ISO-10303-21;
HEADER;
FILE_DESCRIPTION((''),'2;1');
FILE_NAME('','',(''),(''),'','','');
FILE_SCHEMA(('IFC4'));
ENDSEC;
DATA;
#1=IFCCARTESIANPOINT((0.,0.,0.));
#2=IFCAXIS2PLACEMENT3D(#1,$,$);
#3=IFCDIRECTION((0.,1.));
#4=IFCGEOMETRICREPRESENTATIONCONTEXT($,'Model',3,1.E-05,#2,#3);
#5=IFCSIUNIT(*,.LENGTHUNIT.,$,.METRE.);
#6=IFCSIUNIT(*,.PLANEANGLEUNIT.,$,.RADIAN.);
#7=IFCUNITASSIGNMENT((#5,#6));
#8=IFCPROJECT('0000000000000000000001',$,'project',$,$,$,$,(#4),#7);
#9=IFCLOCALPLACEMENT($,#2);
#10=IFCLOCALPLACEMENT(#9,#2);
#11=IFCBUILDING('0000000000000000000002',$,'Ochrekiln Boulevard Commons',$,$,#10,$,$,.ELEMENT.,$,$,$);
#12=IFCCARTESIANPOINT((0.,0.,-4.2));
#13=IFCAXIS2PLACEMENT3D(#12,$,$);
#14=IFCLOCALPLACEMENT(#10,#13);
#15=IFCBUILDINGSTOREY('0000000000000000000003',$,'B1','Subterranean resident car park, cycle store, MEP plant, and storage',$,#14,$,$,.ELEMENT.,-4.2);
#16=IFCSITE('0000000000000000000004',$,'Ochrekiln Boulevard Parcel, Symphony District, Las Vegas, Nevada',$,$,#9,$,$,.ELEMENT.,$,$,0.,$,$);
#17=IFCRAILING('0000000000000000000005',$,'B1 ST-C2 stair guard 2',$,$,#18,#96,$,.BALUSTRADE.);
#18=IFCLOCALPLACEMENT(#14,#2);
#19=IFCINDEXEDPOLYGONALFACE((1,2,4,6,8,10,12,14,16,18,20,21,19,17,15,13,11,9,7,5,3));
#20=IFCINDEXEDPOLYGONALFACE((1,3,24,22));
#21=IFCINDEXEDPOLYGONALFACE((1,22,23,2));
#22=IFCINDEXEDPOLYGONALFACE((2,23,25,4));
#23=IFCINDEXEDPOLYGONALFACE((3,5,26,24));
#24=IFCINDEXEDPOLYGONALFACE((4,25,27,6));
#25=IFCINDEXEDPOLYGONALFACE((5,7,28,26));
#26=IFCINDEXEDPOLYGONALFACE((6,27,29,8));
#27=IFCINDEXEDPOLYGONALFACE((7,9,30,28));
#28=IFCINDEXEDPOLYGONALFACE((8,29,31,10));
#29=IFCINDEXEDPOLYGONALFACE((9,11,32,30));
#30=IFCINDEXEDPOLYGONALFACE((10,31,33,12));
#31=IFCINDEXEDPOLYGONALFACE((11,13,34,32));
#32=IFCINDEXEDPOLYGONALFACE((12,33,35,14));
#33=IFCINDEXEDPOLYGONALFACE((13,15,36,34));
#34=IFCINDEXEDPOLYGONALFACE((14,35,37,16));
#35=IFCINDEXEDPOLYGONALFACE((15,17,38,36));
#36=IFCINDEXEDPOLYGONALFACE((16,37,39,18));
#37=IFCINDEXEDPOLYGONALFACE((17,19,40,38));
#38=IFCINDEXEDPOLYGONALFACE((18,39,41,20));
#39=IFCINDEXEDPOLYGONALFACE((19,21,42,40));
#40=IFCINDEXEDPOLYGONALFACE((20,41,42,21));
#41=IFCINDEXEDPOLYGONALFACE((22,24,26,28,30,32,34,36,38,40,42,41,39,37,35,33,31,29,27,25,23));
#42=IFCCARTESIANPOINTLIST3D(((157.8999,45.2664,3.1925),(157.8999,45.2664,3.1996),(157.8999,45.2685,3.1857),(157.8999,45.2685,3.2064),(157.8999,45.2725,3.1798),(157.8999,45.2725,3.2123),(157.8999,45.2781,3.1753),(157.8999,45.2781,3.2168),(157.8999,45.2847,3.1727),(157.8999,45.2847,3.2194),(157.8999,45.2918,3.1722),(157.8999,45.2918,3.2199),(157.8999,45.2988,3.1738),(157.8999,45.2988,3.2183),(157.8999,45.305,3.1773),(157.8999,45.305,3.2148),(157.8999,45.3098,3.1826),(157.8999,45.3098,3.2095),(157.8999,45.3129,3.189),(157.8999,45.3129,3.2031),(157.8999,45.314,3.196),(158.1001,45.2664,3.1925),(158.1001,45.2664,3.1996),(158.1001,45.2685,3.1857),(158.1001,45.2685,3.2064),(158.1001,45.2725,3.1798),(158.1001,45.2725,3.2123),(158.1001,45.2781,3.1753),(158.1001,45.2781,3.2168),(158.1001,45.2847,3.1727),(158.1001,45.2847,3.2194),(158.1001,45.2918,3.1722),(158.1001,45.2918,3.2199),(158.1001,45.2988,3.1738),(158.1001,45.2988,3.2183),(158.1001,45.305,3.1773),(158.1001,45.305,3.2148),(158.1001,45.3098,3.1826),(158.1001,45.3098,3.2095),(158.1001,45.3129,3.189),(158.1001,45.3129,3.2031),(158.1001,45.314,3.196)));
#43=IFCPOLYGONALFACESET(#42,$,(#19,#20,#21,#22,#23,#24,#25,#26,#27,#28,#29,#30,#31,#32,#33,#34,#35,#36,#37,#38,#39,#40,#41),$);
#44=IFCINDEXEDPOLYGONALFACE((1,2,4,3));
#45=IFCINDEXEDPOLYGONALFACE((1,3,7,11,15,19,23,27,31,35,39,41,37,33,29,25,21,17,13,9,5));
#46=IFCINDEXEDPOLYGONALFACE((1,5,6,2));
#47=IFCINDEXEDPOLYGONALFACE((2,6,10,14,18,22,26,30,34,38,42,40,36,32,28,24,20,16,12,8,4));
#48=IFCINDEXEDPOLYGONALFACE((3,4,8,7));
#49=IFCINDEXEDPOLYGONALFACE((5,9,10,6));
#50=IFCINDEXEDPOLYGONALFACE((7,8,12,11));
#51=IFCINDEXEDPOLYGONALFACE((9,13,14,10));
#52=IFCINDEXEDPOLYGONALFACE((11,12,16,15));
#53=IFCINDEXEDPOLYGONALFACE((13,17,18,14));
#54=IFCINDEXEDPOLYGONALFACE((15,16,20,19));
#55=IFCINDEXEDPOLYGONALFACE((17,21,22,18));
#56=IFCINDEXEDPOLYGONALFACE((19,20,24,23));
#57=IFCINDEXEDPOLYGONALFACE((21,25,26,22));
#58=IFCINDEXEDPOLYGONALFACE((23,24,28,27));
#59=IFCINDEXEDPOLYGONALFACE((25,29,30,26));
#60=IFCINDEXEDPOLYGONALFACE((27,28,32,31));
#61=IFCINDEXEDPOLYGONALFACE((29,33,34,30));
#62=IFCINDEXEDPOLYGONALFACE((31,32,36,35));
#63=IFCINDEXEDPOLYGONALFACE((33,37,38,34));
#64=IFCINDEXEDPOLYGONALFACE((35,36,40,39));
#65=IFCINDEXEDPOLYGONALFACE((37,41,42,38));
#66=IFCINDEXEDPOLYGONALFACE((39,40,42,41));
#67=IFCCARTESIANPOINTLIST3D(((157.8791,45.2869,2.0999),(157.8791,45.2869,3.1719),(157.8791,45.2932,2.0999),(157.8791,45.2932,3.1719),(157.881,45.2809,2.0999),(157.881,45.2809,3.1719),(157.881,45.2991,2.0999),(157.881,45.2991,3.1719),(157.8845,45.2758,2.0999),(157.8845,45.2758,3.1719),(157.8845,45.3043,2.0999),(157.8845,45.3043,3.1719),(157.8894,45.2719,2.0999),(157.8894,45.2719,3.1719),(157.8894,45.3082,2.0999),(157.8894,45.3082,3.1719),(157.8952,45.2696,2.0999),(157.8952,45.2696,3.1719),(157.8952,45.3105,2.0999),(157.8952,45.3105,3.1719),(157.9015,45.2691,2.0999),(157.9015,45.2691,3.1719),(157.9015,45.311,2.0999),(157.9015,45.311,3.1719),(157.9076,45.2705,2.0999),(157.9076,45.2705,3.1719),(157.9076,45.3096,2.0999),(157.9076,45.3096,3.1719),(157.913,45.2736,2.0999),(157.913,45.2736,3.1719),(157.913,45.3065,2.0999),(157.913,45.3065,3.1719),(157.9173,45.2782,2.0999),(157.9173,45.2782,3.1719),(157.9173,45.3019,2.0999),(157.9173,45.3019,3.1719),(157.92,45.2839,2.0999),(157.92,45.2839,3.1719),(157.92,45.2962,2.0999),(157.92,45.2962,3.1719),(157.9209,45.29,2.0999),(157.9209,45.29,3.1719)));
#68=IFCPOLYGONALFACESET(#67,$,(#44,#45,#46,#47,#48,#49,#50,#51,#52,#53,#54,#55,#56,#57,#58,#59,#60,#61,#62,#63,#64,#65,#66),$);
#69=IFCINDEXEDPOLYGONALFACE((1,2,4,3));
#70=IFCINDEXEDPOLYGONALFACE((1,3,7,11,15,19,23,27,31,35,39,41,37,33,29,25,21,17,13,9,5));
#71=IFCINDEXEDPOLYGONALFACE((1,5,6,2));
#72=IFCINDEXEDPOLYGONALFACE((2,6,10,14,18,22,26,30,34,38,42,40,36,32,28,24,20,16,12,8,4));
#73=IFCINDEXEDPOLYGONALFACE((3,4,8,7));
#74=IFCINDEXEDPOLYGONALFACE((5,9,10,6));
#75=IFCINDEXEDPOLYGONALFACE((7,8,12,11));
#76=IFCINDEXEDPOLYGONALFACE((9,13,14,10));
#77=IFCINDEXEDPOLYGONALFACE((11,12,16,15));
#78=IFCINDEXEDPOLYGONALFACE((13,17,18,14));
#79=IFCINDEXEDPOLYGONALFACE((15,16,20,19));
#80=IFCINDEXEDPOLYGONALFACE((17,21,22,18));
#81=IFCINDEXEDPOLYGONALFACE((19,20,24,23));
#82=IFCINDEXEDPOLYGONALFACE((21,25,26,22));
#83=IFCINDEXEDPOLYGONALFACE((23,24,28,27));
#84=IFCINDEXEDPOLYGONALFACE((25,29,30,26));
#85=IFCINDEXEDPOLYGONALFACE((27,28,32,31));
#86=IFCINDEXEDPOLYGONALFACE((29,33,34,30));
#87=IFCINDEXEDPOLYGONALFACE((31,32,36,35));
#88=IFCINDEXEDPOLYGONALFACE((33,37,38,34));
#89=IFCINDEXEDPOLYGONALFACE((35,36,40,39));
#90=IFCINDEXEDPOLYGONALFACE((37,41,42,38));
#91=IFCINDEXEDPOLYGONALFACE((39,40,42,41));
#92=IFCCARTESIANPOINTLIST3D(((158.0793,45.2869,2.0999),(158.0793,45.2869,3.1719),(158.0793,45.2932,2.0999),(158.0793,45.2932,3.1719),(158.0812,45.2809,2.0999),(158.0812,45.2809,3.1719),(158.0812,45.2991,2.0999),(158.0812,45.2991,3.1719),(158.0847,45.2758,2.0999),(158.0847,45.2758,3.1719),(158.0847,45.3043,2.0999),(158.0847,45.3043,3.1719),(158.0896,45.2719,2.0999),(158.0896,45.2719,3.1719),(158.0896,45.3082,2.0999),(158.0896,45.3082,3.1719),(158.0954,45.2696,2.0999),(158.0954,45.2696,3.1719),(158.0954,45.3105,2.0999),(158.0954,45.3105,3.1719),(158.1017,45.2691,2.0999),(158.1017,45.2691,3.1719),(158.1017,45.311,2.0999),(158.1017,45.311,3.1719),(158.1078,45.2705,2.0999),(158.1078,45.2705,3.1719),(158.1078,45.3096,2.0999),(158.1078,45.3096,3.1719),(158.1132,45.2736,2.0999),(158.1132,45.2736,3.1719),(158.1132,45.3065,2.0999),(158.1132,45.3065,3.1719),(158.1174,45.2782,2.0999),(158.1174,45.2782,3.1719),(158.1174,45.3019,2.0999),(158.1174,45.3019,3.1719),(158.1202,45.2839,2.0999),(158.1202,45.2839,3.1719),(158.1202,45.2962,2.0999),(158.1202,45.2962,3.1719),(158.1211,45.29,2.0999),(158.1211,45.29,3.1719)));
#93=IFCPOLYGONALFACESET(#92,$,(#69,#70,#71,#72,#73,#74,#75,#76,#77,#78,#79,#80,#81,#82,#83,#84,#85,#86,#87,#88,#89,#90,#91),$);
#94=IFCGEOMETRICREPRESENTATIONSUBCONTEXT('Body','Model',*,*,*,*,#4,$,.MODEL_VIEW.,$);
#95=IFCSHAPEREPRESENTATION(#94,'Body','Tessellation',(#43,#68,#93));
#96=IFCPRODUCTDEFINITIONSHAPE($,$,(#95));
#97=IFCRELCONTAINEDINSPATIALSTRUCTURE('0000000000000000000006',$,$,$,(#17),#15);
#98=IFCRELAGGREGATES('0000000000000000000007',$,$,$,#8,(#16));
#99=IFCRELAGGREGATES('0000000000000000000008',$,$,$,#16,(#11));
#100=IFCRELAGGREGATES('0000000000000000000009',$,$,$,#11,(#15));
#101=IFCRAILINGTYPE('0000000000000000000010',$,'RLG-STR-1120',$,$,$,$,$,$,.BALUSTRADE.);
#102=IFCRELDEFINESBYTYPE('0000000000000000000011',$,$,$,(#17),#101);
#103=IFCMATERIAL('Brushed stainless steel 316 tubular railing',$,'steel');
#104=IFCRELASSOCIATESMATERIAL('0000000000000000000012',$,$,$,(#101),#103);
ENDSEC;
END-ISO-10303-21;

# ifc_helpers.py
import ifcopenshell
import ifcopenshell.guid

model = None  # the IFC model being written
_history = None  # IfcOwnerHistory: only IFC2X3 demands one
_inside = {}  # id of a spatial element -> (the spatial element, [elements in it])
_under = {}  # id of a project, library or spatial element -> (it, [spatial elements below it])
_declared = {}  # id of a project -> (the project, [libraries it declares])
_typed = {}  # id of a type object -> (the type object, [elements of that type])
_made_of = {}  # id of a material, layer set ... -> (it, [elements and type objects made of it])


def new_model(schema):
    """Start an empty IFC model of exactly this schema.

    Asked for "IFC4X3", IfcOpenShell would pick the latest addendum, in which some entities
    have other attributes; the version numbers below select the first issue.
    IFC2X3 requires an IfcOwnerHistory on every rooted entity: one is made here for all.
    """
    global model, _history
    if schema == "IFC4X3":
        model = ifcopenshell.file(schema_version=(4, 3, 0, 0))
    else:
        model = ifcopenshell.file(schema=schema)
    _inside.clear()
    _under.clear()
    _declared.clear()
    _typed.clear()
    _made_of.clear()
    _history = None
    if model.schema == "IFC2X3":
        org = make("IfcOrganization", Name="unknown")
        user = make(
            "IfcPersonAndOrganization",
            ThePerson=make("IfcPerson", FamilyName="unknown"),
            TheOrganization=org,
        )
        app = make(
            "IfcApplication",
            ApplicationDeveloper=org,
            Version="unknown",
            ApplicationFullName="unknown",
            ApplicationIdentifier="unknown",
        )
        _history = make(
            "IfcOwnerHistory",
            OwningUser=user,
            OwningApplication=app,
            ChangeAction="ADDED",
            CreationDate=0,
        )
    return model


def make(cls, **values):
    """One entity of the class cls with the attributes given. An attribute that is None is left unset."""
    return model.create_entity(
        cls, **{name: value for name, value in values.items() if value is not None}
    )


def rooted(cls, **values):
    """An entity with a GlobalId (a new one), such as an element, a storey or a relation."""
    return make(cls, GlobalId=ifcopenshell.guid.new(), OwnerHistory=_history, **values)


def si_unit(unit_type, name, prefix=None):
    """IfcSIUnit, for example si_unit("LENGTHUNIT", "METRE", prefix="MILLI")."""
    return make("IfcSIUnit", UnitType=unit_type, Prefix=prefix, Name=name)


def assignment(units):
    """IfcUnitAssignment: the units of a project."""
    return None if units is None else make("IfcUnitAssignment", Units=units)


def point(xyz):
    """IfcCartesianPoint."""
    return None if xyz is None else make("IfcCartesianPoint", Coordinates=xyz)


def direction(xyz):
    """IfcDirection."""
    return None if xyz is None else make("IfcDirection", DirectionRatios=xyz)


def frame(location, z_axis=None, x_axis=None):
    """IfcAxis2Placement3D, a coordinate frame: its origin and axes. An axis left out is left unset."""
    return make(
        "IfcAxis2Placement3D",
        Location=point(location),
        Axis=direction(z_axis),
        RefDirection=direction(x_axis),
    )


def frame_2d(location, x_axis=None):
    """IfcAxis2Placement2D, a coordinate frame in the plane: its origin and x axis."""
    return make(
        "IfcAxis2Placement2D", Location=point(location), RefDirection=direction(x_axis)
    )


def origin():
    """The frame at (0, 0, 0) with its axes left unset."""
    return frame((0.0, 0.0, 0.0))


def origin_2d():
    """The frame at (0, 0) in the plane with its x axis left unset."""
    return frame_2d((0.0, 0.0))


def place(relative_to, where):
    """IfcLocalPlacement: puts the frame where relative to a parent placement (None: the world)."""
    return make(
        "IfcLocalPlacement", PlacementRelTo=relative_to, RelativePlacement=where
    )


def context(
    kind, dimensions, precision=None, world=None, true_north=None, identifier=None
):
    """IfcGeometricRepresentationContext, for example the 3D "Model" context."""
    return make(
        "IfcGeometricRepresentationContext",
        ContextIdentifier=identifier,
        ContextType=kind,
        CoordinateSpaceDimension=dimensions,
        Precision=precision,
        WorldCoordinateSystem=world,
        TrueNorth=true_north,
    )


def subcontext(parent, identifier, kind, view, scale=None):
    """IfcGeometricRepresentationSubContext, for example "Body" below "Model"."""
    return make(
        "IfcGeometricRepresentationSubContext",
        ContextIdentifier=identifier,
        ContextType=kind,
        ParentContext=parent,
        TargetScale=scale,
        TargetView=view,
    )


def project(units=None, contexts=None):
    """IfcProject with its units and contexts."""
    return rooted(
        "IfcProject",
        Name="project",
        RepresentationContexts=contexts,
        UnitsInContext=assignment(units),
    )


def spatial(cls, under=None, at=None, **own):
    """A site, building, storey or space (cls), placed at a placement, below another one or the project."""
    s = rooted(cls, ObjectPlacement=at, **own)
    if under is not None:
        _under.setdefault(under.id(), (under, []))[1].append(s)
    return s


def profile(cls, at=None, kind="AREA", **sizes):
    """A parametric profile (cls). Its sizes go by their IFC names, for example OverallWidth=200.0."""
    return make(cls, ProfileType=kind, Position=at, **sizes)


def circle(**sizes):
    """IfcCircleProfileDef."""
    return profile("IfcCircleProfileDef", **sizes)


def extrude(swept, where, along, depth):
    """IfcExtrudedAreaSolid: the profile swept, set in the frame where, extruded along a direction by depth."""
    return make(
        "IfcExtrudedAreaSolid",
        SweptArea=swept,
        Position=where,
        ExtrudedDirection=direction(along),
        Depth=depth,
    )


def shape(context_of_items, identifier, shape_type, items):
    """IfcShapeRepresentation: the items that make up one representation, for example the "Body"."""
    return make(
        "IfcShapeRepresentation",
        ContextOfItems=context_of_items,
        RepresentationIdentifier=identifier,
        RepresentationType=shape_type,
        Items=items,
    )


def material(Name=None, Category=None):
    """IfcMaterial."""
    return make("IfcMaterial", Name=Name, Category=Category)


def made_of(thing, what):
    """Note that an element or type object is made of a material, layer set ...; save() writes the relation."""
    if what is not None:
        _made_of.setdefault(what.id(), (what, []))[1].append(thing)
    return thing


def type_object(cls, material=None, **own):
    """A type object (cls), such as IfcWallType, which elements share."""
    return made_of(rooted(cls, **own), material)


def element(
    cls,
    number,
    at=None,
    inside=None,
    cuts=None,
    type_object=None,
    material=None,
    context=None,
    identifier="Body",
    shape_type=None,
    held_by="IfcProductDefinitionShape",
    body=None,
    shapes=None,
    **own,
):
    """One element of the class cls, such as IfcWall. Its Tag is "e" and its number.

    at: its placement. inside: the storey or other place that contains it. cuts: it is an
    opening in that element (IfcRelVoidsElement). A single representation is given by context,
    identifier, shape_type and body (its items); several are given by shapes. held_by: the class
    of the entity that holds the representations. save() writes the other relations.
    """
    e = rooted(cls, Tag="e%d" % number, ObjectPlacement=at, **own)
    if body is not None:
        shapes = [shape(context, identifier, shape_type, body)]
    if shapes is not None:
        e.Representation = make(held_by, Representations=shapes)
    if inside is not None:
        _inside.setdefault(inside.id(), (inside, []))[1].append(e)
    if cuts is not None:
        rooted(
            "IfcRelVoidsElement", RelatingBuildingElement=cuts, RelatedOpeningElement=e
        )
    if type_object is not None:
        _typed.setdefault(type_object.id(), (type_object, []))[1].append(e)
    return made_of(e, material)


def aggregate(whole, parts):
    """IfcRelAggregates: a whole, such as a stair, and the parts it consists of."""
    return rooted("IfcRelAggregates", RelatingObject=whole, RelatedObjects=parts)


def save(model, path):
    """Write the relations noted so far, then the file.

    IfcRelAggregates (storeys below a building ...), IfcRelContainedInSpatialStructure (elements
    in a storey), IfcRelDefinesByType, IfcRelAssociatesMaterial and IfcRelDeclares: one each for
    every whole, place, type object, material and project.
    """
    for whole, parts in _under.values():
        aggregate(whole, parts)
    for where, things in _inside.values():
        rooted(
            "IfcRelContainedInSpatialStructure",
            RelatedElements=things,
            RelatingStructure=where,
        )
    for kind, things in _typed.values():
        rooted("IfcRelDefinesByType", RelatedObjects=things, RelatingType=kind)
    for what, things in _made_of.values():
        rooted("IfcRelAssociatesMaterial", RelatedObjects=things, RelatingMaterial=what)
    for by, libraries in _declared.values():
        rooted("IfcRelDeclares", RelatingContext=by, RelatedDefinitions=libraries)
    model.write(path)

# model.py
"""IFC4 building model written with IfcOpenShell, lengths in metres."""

from ifc_helpers import new_model, si_unit, direction, frame, origin, origin_2d, place, context, subcontext, project, spatial, circle, extrude, material, type_object, element, save


model = new_model("IFC4")

# Units and contexts
model_context = context("Model", 3, precision=1e-05, world=origin(), true_north=direction((0.0, 1.0)))
body_context = subcontext(model_context, "Body", "Model", "MODEL_VIEW")
ifc_project = project(units=[si_unit("LENGTHUNIT", "METRE"), si_unit("PLANEANGLEUNIT", "RADIAN")], contexts=[model_context])

# Site, building, storey
site_placement = place(None, origin())
site = spatial("IfcSite", under=ifc_project, at=site_placement, Name="Ochrekiln Boulevard Parcel, Symphony District, Las Vegas, Nevada", CompositionType="ELEMENT", RefElevation=0.0)
building_placement = place(site_placement, origin())
building = spatial("IfcBuilding", under=site, at=building_placement, Name="Ochrekiln Boulevard Commons", CompositionType="ELEMENT")
storey_placement = place(building_placement, frame((0.0, 0.0, -4.2)))
storey = spatial("IfcBuildingStorey", under=building, at=storey_placement, Name="B1", Description="Subterranean resident car park, cycle store, MEP plant, and storage", CompositionType="ELEMENT", Elevation=-4.2)

# Railing
ifc_material_1 = material(Name="Brushed stainless steel 316 tubular railing", Category="steel")
railing_type_1 = type_object("IfcRailingType", Name="RLG-STR-1120", PredefinedType="BALUSTRADE", material=ifc_material_1)
railing_1_placement = place(storey_placement, frame((157.8999, 45.29, 2.0999)))
element("IfcRailing", 1, at=railing_1_placement, inside=storey, type_object=railing_type_1, Name="B1 ST-C2 stair guard 2", PredefinedType="BALUSTRADE", context=body_context, shape_type="SweptSolid", body=[
    extrude(circle(Radius=0.0239, at=origin_2d()), frame((0.0, 0.0, 1.0962), z_axis=(1.0, 0.0, 0.0), x_axis=(0.0, 1.0, 0.0)), (0.0, 0.0, 1.0), 0.2002),
    extrude(circle(Radius=0.021, at=origin_2d()), origin(), (0.0, 0.0, 1.0), 1.072),
    extrude(circle(Radius=0.021, at=origin_2d()), frame((0.2002, 0.0, 0.0)), (0.0, 0.0, 1.0), 1.072),
])

save(model, "model.ifc")
